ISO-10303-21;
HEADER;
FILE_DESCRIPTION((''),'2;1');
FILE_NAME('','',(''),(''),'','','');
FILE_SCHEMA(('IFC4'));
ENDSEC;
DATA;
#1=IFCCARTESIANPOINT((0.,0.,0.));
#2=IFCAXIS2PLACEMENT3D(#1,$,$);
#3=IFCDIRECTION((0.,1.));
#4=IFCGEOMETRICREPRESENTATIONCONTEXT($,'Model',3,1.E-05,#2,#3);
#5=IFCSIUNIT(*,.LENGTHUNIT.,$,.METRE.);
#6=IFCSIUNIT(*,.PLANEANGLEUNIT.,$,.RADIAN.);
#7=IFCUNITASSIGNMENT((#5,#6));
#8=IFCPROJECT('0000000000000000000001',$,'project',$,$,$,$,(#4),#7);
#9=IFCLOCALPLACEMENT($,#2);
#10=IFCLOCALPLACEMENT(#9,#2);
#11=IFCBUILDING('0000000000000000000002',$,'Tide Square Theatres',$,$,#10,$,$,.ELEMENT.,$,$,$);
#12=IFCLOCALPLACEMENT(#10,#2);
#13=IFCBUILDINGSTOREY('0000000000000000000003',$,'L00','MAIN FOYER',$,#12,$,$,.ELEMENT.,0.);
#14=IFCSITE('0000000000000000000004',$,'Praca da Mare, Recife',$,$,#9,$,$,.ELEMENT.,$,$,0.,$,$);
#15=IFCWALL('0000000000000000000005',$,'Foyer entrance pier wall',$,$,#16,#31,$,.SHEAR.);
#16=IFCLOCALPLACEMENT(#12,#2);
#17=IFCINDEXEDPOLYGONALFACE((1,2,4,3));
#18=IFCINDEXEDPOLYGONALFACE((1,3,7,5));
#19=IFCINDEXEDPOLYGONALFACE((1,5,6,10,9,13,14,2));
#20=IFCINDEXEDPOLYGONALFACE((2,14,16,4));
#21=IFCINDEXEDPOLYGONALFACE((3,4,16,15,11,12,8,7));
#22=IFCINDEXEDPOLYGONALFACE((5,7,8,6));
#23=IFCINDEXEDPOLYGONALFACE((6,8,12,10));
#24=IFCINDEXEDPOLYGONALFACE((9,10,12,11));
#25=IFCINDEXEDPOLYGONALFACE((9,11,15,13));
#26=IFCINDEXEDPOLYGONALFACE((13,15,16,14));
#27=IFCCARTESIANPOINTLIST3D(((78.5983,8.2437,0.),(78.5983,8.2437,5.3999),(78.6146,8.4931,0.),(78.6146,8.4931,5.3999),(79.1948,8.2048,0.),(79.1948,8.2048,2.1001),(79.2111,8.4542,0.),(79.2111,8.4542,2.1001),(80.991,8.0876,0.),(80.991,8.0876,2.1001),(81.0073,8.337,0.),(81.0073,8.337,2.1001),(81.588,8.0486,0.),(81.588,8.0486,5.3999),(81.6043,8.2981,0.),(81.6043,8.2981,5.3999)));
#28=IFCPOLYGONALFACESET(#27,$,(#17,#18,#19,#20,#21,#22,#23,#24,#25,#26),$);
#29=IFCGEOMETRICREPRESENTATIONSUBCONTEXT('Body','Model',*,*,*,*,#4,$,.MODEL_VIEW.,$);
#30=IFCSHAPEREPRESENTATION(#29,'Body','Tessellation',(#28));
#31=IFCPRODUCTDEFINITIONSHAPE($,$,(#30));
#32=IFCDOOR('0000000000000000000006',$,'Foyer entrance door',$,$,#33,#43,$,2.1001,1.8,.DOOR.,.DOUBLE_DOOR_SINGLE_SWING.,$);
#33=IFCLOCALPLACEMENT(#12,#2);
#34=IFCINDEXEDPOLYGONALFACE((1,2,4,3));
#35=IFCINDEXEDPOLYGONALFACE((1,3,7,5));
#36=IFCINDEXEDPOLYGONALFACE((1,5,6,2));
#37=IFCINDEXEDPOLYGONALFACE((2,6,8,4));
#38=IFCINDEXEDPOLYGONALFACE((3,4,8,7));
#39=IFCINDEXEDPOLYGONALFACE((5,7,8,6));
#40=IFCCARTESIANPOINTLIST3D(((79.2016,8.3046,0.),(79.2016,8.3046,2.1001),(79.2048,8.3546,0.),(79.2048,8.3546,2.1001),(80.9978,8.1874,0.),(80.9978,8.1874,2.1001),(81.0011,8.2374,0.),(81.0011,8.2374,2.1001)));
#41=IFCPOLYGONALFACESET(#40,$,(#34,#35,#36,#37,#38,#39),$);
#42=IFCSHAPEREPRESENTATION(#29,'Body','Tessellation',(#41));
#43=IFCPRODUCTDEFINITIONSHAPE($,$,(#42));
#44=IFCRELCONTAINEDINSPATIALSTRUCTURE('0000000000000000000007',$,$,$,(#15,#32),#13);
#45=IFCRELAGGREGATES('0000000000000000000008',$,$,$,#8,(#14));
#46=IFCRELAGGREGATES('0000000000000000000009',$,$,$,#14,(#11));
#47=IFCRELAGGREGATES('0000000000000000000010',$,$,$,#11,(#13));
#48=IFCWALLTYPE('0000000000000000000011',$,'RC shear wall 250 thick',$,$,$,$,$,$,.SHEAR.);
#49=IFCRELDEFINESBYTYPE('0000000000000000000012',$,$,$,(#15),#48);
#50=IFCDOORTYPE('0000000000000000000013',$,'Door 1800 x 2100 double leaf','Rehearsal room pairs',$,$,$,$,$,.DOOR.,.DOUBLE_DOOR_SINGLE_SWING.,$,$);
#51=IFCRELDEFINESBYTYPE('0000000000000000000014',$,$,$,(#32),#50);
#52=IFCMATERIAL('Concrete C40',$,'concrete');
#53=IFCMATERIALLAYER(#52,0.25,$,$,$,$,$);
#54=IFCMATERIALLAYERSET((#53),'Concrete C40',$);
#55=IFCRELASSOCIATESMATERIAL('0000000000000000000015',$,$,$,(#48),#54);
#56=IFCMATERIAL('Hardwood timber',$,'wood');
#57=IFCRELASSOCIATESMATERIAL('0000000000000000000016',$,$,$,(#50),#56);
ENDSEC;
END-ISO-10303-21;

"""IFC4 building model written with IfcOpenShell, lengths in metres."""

from ifc_helpers import new_model, si_unit, direction, frame, frame_2d, origin, place, context, subcontext, project, spatial, rectangle, extrude, material, layer, layer_set, type_object, element, fill, save


model = new_model("IFC4")

# Units and contexts
model_context = context("Model", 3, precision=1e-05, world=origin(), true_north=direction((0.0, 1.0)))
body_context = subcontext(model_context, "Body", "Model", "MODEL_VIEW")
ifc_project = project(units=[si_unit("LENGTHUNIT", "METRE"), si_unit("PLANEANGLEUNIT", "RADIAN")], contexts=[model_context])

# Site, building, storey
site_placement = place(None, origin())
site = spatial("IfcSite", under=ifc_project, at=site_placement, Name="Praca da Mare, Recife", CompositionType="ELEMENT", RefElevation=0.0)
building_placement = place(site_placement, origin())
building = spatial("IfcBuilding", under=site, at=building_placement, Name="Tide Square Theatres", CompositionType="ELEMENT")
storey_placement = place(building_placement, origin())
storey = spatial("IfcBuildingStorey", under=building, at=storey_placement, Name="L00", Description="MAIN FOYER", CompositionType="ELEMENT", Elevation=0.0)

# Wall, opening, door
ifc_material_1 = material(Name="Concrete C40", Category="concrete")
ifc_layer_1 = layer(ifc_material_1, 0.25)
ifc_layer_set_1 = layer_set([ifc_layer_1], Name="Concrete C40")
wall_type = type_object("IfcWallType", Name="RC shear wall 250 thick", PredefinedType="SHEAR", material=ifc_layer_set_1)
wall_placement = place(storey_placement, frame((78.6064, 8.3684, 0.0), z_axis=(0.0, 0.0, 1.0), x_axis=(0.997878, -0.065107, 0.0)))
wall = element("IfcWall", 1, at=wall_placement, inside=storey, type_object=wall_type, Name="Foyer entrance pier wall", PredefinedType="SHEAR", context=body_context, shape_type="SweptSolid", body=[
    extrude(rectangle(XDim=2.9961, YDim=0.25, at=frame_2d((1.498, 0.0))), origin(), (0.0, 0.0, 1.0), 5.3999),
])
opening_placement = place(wall_placement, frame((0.5979, 0.0, 0.0)))
opening = element("IfcOpeningElement", 2, at=opening_placement, cuts=wall, PredefinedType="OPENING", context=body_context, shape_type="SweptSolid", body=[
    extrude(rectangle(XDim=1.8, YDim=2.1001, at=frame_2d((0.8999, 1.05))), frame((0.0, 0.135, 0.0), z_axis=(0.0, -1.0, 0.0), x_axis=(1.0, 0.0, 0.0)), (0.0, 0.0, 1.0), 0.27),
])
ifc_material_2 = material(Name="Hardwood timber", Category="wood")
door_type = type_object("IfcDoorType", Name="Door 1800 x 2100 double leaf", Description="Rehearsal room pairs", OperationType="DOUBLE_DOOR_SINGLE_SWING", PredefinedType="DOOR", material=ifc_material_2)
door_placement = place(opening_placement, frame((1.8, 0.0, 0.0), z_axis=(0.0, 0.0, 1.0), x_axis=(-1.0, 0.0, 0.0)))
door = element("IfcDoor", 3, at=door_placement, inside=storey, type_object=door_type, Name="Foyer entrance door", OperationType="DOUBLE_DOOR_SINGLE_SWING", OverallHeight=2.1001, OverallWidth=1.8, PredefinedType="DOOR", context=body_context, shape_type="SweptSolid", body=[
    extrude(rectangle(XDim=1.8, YDim=2.1001, at=frame_2d((0.8999, 1.05))), frame((0.0, 0.0249, 0.0), z_axis=(0.0, -1.0, 0.0), x_axis=(1.0, 0.0, 0.0)), (0.0, 0.0, 1.0), 0.05),
])
fill(opening, door)

save(model, "model.ifc")
